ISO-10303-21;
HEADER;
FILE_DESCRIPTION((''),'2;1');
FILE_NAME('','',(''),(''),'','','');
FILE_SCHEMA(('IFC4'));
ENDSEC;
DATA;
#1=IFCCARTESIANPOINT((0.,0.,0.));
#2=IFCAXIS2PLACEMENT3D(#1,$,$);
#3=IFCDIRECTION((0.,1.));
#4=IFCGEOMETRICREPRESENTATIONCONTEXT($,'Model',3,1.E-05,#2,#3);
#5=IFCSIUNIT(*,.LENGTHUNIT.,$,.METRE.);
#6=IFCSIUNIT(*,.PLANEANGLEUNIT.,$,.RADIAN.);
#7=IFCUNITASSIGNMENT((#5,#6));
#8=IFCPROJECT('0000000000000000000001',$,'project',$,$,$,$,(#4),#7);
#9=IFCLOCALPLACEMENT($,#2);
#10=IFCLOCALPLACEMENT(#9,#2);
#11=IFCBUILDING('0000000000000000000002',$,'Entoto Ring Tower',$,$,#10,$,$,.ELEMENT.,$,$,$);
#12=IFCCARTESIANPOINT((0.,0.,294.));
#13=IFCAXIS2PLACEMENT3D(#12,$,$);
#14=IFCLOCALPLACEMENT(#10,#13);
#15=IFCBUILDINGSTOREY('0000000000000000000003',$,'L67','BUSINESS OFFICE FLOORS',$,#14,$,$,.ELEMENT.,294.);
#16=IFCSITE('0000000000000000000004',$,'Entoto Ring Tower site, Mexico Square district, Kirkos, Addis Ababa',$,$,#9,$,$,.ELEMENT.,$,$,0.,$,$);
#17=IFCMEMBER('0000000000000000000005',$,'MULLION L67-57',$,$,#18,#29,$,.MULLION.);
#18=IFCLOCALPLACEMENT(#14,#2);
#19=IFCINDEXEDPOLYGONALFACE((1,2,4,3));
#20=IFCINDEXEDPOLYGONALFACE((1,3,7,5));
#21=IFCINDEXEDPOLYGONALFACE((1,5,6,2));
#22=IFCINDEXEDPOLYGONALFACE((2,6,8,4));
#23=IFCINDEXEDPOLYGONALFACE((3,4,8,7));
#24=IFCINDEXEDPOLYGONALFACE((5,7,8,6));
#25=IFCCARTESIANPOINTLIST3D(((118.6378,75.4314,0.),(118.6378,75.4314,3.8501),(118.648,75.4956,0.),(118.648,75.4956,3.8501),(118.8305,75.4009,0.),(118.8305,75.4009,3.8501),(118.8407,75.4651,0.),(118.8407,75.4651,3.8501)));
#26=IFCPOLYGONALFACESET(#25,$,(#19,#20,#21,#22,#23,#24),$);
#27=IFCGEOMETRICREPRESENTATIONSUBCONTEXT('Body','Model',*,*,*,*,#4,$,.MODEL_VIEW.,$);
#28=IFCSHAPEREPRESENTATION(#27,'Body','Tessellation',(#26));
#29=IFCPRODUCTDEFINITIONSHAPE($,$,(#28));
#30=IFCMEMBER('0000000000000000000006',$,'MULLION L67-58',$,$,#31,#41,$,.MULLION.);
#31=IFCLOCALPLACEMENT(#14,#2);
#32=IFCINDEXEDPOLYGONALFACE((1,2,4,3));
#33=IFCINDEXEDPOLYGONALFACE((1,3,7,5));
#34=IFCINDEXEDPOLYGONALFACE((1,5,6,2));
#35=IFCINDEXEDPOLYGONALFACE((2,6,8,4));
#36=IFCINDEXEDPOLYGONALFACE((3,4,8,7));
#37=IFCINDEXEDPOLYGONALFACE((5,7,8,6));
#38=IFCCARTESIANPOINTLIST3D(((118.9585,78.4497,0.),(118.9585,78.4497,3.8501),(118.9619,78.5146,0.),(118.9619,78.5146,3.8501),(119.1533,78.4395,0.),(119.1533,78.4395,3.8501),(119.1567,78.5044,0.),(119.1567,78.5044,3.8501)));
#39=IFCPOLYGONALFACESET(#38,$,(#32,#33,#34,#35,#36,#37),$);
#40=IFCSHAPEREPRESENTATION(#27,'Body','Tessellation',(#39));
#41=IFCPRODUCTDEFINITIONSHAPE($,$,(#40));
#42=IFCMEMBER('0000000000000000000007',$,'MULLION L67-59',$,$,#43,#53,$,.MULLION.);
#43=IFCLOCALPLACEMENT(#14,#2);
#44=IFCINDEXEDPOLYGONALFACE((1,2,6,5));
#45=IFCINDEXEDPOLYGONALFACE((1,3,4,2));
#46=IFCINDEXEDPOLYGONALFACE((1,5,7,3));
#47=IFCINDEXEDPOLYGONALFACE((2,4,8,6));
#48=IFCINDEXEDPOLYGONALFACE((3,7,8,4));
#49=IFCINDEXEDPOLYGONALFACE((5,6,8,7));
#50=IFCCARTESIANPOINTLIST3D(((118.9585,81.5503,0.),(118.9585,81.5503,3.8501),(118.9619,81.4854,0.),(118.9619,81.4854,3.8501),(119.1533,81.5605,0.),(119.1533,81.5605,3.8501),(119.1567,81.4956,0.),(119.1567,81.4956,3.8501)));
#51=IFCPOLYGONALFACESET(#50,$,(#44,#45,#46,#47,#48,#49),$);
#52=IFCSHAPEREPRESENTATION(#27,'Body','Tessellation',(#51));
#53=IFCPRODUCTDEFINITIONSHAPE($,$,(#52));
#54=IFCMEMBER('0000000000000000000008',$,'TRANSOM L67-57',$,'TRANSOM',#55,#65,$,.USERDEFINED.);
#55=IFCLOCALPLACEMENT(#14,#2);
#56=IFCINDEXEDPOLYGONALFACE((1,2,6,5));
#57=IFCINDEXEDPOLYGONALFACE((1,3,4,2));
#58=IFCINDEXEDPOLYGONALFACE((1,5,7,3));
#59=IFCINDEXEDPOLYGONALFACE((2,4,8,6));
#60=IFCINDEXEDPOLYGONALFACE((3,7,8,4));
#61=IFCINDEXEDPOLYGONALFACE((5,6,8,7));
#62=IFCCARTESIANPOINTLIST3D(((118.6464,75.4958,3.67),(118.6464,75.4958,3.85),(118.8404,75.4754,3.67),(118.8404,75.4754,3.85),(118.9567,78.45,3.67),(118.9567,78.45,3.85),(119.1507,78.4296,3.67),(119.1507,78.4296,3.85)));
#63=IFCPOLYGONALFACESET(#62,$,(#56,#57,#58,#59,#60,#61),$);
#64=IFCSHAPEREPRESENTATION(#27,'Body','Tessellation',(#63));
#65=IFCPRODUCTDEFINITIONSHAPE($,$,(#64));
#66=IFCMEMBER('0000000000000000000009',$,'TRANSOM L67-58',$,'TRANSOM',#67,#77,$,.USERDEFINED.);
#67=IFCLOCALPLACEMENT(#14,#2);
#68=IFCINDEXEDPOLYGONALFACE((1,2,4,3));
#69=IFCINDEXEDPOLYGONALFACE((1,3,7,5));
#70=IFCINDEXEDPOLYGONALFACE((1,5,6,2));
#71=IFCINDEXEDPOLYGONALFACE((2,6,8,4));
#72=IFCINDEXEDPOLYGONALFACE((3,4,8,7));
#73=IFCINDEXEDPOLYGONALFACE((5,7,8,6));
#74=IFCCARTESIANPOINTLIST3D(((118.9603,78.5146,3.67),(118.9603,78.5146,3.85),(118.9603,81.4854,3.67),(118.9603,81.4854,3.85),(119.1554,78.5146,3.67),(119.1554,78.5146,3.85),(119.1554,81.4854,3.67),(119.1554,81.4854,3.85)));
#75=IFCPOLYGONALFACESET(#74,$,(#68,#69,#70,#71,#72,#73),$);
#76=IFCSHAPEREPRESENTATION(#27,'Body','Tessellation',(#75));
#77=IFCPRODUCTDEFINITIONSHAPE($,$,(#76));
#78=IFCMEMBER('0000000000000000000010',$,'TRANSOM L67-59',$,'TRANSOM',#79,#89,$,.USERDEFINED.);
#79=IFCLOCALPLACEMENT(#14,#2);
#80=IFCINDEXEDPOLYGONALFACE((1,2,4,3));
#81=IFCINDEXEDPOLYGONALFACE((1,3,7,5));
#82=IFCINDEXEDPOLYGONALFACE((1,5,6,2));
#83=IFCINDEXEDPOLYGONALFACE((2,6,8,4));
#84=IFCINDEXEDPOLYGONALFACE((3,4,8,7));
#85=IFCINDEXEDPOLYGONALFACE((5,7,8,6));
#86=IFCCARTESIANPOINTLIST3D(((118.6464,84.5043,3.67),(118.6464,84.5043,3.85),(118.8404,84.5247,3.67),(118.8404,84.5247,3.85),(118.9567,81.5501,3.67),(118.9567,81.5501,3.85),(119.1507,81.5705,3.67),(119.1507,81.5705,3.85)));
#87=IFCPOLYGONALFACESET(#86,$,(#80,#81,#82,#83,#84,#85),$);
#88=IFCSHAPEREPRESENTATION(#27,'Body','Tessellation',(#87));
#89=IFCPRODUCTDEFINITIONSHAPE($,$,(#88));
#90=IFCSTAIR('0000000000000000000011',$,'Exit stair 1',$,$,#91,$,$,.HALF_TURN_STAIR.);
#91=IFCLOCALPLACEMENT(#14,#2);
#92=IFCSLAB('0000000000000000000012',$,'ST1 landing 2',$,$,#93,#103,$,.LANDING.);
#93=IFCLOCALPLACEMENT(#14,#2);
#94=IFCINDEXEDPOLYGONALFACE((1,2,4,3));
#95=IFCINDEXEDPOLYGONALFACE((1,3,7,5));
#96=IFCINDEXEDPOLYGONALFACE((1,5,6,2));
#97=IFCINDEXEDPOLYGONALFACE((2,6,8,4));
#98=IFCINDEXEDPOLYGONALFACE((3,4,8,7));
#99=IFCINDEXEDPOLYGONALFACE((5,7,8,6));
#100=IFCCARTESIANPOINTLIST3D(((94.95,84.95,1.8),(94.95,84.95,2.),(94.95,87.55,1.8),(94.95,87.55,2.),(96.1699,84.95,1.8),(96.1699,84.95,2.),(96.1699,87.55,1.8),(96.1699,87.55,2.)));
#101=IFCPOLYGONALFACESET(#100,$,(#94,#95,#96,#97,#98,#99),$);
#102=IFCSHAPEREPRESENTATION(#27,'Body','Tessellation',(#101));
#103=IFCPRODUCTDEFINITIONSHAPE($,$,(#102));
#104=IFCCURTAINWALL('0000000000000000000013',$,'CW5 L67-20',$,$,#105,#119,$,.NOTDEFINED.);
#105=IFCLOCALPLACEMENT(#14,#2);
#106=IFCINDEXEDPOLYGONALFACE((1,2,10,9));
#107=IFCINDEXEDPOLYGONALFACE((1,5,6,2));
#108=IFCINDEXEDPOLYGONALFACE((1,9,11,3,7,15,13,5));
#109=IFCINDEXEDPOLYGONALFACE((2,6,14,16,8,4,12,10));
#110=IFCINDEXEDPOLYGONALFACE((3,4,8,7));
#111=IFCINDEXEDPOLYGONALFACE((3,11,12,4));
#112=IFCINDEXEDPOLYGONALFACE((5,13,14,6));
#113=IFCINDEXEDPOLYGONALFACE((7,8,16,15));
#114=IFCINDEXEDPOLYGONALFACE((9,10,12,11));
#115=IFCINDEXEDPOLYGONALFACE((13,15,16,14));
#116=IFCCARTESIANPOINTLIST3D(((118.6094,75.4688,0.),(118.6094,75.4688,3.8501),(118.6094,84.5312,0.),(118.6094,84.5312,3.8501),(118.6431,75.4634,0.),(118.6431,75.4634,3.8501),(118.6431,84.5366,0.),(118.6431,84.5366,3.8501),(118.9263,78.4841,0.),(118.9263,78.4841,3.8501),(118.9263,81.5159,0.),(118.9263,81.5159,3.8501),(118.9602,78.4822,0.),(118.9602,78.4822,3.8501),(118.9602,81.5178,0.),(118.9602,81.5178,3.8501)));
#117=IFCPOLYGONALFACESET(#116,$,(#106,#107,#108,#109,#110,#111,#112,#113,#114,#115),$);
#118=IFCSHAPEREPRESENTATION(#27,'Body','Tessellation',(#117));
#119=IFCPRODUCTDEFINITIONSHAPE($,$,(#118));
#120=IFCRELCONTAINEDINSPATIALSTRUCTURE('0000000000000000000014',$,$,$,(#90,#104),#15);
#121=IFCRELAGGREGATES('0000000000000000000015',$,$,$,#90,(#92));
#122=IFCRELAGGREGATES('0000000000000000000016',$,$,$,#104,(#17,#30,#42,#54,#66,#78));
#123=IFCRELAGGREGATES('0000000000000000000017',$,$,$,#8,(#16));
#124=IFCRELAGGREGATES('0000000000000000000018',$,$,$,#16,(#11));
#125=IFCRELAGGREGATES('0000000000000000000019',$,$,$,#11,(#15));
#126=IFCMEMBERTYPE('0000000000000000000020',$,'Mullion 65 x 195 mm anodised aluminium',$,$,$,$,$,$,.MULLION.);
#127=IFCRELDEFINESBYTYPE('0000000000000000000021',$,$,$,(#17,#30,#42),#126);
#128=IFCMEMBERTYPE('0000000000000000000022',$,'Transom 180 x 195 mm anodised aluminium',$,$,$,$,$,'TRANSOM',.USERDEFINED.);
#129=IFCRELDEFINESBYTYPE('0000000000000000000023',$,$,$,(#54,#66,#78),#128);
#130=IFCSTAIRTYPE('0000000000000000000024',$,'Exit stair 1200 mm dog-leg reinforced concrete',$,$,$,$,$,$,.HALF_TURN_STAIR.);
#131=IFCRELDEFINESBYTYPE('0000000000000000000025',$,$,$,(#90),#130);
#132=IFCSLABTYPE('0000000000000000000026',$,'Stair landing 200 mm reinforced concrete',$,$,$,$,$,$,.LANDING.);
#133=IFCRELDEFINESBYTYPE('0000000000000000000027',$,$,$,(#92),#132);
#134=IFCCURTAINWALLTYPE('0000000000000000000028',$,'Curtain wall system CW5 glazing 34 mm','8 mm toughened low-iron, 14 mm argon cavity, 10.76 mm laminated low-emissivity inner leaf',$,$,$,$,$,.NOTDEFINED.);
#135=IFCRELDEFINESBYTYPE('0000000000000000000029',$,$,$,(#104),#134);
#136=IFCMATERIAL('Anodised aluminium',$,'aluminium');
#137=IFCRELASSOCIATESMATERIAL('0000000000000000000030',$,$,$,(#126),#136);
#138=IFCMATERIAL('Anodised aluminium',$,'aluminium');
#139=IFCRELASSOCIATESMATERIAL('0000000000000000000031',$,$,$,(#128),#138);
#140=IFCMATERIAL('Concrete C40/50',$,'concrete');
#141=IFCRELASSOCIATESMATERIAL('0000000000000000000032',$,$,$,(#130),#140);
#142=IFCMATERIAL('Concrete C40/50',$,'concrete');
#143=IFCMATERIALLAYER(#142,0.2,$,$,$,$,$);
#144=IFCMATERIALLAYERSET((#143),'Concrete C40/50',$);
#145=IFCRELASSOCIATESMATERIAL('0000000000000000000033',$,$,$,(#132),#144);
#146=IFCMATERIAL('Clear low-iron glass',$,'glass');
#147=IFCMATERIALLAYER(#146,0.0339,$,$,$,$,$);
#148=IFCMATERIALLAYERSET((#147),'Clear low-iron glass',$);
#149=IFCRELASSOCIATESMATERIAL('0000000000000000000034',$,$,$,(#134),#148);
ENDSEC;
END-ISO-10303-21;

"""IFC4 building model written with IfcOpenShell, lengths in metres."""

from ifc_helpers import new_model, si_unit, direction, frame, origin, origin_2d, place, context, subcontext, project, spatial, polyline, rectangle, outline, extrude, material, layer, layer_set, material_profile, profile_set, type_object, element, aggregate, save


model = new_model("IFC4")

# Units and contexts
model_context = context("Model", 3, precision=1e-05, world=origin(), true_north=direction((0.0, 1.0)))
body_context = subcontext(model_context, "Body", "Model", "MODEL_VIEW")
ifc_project = project(units=[si_unit("LENGTHUNIT", "METRE"), si_unit("PLANEANGLEUNIT", "RADIAN")], contexts=[model_context])

# Members
ifc_material_1 = material(Name="Anodised aluminium", Category="aluminium")
ifc_material_profile_1 = material_profile(ifc_material_1, rectangle(XDim=0.0649, YDim=0.1951, at=origin_2d()), Name="Mullion 65 x 195 mm anodised aluminium")
ifc_profile_set_1 = profile_set([ifc_material_profile_1], Name="Anodised aluminium")
member_type_1 = type_object("IfcMemberType", Name="Mullion 65 x 195 mm anodised aluminium", PredefinedType="MULLION", material=ifc_profile_set_1)
site_placement = place(None, origin())
building_placement = place(site_placement, origin())
storey_placement = place(building_placement, frame((0.0, 0.0, 294.0)))
member_1_placement = place(storey_placement, frame((118.7393, 75.4482, 0.0), z_axis=(0.0, 0.0, 1.0), x_axis=(0.156434, 0.987688, 0.0)))
member_1 = element("IfcMember", 1, at=member_1_placement, type_object=member_type_1, Name="MULLION L67-57", PredefinedType="MULLION", context=body_context, shape_type="SweptSolid", body=[
    extrude(rectangle(XDim=0.0649, YDim=0.1951, at=origin_2d()), origin(), (0.0, 0.0, 1.0), 3.8501),
])
member_2_placement = place(storey_placement, frame((119.0576, 78.4771, 0.0), z_axis=(0.0, 0.0, 1.0), x_axis=(0.052336, 0.99863, 0.0)))
member_2 = element("IfcMember", 2, at=member_2_placement, type_object=member_type_1, Name="MULLION L67-58", PredefinedType="MULLION", context=body_context, shape_type="SweptSolid", body=[
    extrude(rectangle(XDim=0.0649, YDim=0.1951, at=origin_2d()), origin(), (0.0, 0.0, 1.0), 3.8501),
])
member_3_placement = place(storey_placement, frame((119.0576, 81.5229, 0.0), z_axis=(0.0, 0.0, 1.0), x_axis=(-0.052336, 0.99863, 0.0)))
member_3 = element("IfcMember", 3, at=member_3_placement, type_object=member_type_1, Name="MULLION L67-59", PredefinedType="MULLION", context=body_context, shape_type="SweptSolid", body=[
    extrude(rectangle(XDim=0.0649, YDim=0.1951, at=origin_2d()), origin(), (0.0, 0.0, 1.0), 3.8501),
])
ifc_material_2 = material(Name="Anodised aluminium", Category="aluminium")
ifc_material_profile_2 = material_profile(ifc_material_2, rectangle(XDim=0.1951, YDim=0.1799, at=origin_2d()), Name="Transom 180 x 195 mm anodised aluminium")
ifc_profile_set_2 = profile_set([ifc_material_profile_2], Name="Anodised aluminium")
member_type_2 = type_object("IfcMemberType", Name="Transom 180 x 195 mm anodised aluminium", ElementType="TRANSOM", PredefinedType="USERDEFINED", material=ifc_profile_set_2)
member_4_placement = place(storey_placement, frame((118.7434, 75.4856, 3.76), z_axis=(0.104467, 0.994528, 0.0), x_axis=(-0.994528, 0.104467, 0.0)))
member_4 = element("IfcMember", 4, at=member_4_placement, type_object=member_type_2, Name="TRANSOM L67-57", ObjectType="TRANSOM", PredefinedType="USERDEFINED", context=body_context, shape_type="SweptSolid", body=[
    extrude(rectangle(XDim=0.1951, YDim=0.1799, at=origin_2d()), origin(), (0.0, 0.0, 1.0), 2.9705),
])
member_5_placement = place(storey_placement, frame((119.0579, 78.5146, 3.76), z_axis=(0.0, 1.0, 0.0), x_axis=(-1.0, 0.0, 0.0)))
member_5 = element("IfcMember", 5, at=member_5_placement, type_object=member_type_2, Name="TRANSOM L67-58", ObjectType="TRANSOM", PredefinedType="USERDEFINED", context=body_context, shape_type="SweptSolid", body=[
    extrude(rectangle(XDim=0.1951, YDim=0.1799, at=origin_2d()), origin(), (0.0, 0.0, 1.0), 2.9707),
])
member_6_placement = place(storey_placement, frame((119.0537, 81.5603, 3.76), z_axis=(-0.104467, 0.994528, 0.0), x_axis=(-0.994528, -0.104467, 0.0)))
member_6 = element("IfcMember", 6, at=member_6_placement, type_object=member_type_2, Name="TRANSOM L67-59", ObjectType="TRANSOM", PredefinedType="USERDEFINED", context=body_context, shape_type="SweptSolid", body=[
    extrude(rectangle(XDim=0.1951, YDim=0.1799, at=origin_2d()), origin(), (0.0, 0.0, 1.0), 2.9705),
])

# Site, building, storey
site = spatial("IfcSite", under=ifc_project, at=site_placement, Name="Entoto Ring Tower site, Mexico Square district, Kirkos, Addis Ababa", CompositionType="ELEMENT", RefElevation=0.0)
building = spatial("IfcBuilding", under=site, at=building_placement, Name="Entoto Ring Tower", CompositionType="ELEMENT")
storey = spatial("IfcBuildingStorey", under=building, at=storey_placement, Name="L67", Description="BUSINESS OFFICE FLOORS", CompositionType="ELEMENT", Elevation=294.0)

# Stair, slab
ifc_material_3 = material(Name="Concrete C40/50", Category="concrete")
stair_type = type_object("IfcStairType", Name="Exit stair 1200 mm dog-leg reinforced concrete", PredefinedType="HALF_TURN_STAIR", material=ifc_material_3)
stair_placement = place(storey_placement, origin())
stair = element("IfcStair", 7, at=stair_placement, inside=storey, type_object=stair_type, Name="Exit stair 1", PredefinedType="HALF_TURN_STAIR")
ifc_material_4 = material(Name="Concrete C40/50", Category="concrete")
ifc_layer_1 = layer(ifc_material_4, 0.2)
ifc_layer_set_1 = layer_set([ifc_layer_1], Name="Concrete C40/50")
slab_type = type_object("IfcSlabType", Name="Stair landing 200 mm reinforced concrete", PredefinedType="LANDING", material=ifc_layer_set_1)
slab_placement = place(storey_placement, frame((0.0, 0.0, 1.8)))
slab = element("IfcSlab", 8, at=slab_placement, type_object=slab_type, Name="ST1 landing 2", PredefinedType="LANDING", context=body_context, shape_type="SweptSolid", body=[
    extrude(outline(polyline([(94.95, 84.95), (96.1699, 84.95), (96.1699, 87.55), (94.95, 87.55), (94.95, 84.95)])), origin(), (0.0, 0.0, 1.0), 0.2),
])
aggregate(stair, [slab])

# Curtain wall
ifc_material_5 = material(Name="Clear low-iron glass", Category="glass")
ifc_layer_2 = layer(ifc_material_5, 0.0339)
ifc_layer_set_2 = layer_set([ifc_layer_2], Name="Clear low-iron glass")
curtain_wall_type = type_object("IfcCurtainWallType", Name="Curtain wall system CW5 glazing 34 mm", Description="8 mm toughened low-iron, 14 mm argon cavity, 10.76 mm laminated low-emissivity inner leaf", PredefinedType="NOTDEFINED", material=ifc_layer_set_2)
curtain_wall_1_placement = place(storey_placement, origin())
curtain_wall_1 = element("IfcCurtainWall", 9, at=curtain_wall_1_placement, inside=storey, type_object=curtain_wall_type, Name="CW5 L67-20", PredefinedType="NOTDEFINED", context=body_context, shape_type="SweptSolid", body=[
    extrude(outline(polyline([(118.6431, 75.4634), (118.9602, 78.4822), (118.9602, 81.5178), (118.6431, 84.5366), (118.6094, 84.5312), (118.9263, 81.5159), (118.9263, 78.4841), (118.6094, 75.4688), (118.6431, 75.4634)])), origin(), (0.0, 0.0, 1.0), 3.8501),
])
aggregate(curtain_wall_1, [member_1, member_2, member_3, member_4, member_5, member_6])

save(model, "model.ifc")
